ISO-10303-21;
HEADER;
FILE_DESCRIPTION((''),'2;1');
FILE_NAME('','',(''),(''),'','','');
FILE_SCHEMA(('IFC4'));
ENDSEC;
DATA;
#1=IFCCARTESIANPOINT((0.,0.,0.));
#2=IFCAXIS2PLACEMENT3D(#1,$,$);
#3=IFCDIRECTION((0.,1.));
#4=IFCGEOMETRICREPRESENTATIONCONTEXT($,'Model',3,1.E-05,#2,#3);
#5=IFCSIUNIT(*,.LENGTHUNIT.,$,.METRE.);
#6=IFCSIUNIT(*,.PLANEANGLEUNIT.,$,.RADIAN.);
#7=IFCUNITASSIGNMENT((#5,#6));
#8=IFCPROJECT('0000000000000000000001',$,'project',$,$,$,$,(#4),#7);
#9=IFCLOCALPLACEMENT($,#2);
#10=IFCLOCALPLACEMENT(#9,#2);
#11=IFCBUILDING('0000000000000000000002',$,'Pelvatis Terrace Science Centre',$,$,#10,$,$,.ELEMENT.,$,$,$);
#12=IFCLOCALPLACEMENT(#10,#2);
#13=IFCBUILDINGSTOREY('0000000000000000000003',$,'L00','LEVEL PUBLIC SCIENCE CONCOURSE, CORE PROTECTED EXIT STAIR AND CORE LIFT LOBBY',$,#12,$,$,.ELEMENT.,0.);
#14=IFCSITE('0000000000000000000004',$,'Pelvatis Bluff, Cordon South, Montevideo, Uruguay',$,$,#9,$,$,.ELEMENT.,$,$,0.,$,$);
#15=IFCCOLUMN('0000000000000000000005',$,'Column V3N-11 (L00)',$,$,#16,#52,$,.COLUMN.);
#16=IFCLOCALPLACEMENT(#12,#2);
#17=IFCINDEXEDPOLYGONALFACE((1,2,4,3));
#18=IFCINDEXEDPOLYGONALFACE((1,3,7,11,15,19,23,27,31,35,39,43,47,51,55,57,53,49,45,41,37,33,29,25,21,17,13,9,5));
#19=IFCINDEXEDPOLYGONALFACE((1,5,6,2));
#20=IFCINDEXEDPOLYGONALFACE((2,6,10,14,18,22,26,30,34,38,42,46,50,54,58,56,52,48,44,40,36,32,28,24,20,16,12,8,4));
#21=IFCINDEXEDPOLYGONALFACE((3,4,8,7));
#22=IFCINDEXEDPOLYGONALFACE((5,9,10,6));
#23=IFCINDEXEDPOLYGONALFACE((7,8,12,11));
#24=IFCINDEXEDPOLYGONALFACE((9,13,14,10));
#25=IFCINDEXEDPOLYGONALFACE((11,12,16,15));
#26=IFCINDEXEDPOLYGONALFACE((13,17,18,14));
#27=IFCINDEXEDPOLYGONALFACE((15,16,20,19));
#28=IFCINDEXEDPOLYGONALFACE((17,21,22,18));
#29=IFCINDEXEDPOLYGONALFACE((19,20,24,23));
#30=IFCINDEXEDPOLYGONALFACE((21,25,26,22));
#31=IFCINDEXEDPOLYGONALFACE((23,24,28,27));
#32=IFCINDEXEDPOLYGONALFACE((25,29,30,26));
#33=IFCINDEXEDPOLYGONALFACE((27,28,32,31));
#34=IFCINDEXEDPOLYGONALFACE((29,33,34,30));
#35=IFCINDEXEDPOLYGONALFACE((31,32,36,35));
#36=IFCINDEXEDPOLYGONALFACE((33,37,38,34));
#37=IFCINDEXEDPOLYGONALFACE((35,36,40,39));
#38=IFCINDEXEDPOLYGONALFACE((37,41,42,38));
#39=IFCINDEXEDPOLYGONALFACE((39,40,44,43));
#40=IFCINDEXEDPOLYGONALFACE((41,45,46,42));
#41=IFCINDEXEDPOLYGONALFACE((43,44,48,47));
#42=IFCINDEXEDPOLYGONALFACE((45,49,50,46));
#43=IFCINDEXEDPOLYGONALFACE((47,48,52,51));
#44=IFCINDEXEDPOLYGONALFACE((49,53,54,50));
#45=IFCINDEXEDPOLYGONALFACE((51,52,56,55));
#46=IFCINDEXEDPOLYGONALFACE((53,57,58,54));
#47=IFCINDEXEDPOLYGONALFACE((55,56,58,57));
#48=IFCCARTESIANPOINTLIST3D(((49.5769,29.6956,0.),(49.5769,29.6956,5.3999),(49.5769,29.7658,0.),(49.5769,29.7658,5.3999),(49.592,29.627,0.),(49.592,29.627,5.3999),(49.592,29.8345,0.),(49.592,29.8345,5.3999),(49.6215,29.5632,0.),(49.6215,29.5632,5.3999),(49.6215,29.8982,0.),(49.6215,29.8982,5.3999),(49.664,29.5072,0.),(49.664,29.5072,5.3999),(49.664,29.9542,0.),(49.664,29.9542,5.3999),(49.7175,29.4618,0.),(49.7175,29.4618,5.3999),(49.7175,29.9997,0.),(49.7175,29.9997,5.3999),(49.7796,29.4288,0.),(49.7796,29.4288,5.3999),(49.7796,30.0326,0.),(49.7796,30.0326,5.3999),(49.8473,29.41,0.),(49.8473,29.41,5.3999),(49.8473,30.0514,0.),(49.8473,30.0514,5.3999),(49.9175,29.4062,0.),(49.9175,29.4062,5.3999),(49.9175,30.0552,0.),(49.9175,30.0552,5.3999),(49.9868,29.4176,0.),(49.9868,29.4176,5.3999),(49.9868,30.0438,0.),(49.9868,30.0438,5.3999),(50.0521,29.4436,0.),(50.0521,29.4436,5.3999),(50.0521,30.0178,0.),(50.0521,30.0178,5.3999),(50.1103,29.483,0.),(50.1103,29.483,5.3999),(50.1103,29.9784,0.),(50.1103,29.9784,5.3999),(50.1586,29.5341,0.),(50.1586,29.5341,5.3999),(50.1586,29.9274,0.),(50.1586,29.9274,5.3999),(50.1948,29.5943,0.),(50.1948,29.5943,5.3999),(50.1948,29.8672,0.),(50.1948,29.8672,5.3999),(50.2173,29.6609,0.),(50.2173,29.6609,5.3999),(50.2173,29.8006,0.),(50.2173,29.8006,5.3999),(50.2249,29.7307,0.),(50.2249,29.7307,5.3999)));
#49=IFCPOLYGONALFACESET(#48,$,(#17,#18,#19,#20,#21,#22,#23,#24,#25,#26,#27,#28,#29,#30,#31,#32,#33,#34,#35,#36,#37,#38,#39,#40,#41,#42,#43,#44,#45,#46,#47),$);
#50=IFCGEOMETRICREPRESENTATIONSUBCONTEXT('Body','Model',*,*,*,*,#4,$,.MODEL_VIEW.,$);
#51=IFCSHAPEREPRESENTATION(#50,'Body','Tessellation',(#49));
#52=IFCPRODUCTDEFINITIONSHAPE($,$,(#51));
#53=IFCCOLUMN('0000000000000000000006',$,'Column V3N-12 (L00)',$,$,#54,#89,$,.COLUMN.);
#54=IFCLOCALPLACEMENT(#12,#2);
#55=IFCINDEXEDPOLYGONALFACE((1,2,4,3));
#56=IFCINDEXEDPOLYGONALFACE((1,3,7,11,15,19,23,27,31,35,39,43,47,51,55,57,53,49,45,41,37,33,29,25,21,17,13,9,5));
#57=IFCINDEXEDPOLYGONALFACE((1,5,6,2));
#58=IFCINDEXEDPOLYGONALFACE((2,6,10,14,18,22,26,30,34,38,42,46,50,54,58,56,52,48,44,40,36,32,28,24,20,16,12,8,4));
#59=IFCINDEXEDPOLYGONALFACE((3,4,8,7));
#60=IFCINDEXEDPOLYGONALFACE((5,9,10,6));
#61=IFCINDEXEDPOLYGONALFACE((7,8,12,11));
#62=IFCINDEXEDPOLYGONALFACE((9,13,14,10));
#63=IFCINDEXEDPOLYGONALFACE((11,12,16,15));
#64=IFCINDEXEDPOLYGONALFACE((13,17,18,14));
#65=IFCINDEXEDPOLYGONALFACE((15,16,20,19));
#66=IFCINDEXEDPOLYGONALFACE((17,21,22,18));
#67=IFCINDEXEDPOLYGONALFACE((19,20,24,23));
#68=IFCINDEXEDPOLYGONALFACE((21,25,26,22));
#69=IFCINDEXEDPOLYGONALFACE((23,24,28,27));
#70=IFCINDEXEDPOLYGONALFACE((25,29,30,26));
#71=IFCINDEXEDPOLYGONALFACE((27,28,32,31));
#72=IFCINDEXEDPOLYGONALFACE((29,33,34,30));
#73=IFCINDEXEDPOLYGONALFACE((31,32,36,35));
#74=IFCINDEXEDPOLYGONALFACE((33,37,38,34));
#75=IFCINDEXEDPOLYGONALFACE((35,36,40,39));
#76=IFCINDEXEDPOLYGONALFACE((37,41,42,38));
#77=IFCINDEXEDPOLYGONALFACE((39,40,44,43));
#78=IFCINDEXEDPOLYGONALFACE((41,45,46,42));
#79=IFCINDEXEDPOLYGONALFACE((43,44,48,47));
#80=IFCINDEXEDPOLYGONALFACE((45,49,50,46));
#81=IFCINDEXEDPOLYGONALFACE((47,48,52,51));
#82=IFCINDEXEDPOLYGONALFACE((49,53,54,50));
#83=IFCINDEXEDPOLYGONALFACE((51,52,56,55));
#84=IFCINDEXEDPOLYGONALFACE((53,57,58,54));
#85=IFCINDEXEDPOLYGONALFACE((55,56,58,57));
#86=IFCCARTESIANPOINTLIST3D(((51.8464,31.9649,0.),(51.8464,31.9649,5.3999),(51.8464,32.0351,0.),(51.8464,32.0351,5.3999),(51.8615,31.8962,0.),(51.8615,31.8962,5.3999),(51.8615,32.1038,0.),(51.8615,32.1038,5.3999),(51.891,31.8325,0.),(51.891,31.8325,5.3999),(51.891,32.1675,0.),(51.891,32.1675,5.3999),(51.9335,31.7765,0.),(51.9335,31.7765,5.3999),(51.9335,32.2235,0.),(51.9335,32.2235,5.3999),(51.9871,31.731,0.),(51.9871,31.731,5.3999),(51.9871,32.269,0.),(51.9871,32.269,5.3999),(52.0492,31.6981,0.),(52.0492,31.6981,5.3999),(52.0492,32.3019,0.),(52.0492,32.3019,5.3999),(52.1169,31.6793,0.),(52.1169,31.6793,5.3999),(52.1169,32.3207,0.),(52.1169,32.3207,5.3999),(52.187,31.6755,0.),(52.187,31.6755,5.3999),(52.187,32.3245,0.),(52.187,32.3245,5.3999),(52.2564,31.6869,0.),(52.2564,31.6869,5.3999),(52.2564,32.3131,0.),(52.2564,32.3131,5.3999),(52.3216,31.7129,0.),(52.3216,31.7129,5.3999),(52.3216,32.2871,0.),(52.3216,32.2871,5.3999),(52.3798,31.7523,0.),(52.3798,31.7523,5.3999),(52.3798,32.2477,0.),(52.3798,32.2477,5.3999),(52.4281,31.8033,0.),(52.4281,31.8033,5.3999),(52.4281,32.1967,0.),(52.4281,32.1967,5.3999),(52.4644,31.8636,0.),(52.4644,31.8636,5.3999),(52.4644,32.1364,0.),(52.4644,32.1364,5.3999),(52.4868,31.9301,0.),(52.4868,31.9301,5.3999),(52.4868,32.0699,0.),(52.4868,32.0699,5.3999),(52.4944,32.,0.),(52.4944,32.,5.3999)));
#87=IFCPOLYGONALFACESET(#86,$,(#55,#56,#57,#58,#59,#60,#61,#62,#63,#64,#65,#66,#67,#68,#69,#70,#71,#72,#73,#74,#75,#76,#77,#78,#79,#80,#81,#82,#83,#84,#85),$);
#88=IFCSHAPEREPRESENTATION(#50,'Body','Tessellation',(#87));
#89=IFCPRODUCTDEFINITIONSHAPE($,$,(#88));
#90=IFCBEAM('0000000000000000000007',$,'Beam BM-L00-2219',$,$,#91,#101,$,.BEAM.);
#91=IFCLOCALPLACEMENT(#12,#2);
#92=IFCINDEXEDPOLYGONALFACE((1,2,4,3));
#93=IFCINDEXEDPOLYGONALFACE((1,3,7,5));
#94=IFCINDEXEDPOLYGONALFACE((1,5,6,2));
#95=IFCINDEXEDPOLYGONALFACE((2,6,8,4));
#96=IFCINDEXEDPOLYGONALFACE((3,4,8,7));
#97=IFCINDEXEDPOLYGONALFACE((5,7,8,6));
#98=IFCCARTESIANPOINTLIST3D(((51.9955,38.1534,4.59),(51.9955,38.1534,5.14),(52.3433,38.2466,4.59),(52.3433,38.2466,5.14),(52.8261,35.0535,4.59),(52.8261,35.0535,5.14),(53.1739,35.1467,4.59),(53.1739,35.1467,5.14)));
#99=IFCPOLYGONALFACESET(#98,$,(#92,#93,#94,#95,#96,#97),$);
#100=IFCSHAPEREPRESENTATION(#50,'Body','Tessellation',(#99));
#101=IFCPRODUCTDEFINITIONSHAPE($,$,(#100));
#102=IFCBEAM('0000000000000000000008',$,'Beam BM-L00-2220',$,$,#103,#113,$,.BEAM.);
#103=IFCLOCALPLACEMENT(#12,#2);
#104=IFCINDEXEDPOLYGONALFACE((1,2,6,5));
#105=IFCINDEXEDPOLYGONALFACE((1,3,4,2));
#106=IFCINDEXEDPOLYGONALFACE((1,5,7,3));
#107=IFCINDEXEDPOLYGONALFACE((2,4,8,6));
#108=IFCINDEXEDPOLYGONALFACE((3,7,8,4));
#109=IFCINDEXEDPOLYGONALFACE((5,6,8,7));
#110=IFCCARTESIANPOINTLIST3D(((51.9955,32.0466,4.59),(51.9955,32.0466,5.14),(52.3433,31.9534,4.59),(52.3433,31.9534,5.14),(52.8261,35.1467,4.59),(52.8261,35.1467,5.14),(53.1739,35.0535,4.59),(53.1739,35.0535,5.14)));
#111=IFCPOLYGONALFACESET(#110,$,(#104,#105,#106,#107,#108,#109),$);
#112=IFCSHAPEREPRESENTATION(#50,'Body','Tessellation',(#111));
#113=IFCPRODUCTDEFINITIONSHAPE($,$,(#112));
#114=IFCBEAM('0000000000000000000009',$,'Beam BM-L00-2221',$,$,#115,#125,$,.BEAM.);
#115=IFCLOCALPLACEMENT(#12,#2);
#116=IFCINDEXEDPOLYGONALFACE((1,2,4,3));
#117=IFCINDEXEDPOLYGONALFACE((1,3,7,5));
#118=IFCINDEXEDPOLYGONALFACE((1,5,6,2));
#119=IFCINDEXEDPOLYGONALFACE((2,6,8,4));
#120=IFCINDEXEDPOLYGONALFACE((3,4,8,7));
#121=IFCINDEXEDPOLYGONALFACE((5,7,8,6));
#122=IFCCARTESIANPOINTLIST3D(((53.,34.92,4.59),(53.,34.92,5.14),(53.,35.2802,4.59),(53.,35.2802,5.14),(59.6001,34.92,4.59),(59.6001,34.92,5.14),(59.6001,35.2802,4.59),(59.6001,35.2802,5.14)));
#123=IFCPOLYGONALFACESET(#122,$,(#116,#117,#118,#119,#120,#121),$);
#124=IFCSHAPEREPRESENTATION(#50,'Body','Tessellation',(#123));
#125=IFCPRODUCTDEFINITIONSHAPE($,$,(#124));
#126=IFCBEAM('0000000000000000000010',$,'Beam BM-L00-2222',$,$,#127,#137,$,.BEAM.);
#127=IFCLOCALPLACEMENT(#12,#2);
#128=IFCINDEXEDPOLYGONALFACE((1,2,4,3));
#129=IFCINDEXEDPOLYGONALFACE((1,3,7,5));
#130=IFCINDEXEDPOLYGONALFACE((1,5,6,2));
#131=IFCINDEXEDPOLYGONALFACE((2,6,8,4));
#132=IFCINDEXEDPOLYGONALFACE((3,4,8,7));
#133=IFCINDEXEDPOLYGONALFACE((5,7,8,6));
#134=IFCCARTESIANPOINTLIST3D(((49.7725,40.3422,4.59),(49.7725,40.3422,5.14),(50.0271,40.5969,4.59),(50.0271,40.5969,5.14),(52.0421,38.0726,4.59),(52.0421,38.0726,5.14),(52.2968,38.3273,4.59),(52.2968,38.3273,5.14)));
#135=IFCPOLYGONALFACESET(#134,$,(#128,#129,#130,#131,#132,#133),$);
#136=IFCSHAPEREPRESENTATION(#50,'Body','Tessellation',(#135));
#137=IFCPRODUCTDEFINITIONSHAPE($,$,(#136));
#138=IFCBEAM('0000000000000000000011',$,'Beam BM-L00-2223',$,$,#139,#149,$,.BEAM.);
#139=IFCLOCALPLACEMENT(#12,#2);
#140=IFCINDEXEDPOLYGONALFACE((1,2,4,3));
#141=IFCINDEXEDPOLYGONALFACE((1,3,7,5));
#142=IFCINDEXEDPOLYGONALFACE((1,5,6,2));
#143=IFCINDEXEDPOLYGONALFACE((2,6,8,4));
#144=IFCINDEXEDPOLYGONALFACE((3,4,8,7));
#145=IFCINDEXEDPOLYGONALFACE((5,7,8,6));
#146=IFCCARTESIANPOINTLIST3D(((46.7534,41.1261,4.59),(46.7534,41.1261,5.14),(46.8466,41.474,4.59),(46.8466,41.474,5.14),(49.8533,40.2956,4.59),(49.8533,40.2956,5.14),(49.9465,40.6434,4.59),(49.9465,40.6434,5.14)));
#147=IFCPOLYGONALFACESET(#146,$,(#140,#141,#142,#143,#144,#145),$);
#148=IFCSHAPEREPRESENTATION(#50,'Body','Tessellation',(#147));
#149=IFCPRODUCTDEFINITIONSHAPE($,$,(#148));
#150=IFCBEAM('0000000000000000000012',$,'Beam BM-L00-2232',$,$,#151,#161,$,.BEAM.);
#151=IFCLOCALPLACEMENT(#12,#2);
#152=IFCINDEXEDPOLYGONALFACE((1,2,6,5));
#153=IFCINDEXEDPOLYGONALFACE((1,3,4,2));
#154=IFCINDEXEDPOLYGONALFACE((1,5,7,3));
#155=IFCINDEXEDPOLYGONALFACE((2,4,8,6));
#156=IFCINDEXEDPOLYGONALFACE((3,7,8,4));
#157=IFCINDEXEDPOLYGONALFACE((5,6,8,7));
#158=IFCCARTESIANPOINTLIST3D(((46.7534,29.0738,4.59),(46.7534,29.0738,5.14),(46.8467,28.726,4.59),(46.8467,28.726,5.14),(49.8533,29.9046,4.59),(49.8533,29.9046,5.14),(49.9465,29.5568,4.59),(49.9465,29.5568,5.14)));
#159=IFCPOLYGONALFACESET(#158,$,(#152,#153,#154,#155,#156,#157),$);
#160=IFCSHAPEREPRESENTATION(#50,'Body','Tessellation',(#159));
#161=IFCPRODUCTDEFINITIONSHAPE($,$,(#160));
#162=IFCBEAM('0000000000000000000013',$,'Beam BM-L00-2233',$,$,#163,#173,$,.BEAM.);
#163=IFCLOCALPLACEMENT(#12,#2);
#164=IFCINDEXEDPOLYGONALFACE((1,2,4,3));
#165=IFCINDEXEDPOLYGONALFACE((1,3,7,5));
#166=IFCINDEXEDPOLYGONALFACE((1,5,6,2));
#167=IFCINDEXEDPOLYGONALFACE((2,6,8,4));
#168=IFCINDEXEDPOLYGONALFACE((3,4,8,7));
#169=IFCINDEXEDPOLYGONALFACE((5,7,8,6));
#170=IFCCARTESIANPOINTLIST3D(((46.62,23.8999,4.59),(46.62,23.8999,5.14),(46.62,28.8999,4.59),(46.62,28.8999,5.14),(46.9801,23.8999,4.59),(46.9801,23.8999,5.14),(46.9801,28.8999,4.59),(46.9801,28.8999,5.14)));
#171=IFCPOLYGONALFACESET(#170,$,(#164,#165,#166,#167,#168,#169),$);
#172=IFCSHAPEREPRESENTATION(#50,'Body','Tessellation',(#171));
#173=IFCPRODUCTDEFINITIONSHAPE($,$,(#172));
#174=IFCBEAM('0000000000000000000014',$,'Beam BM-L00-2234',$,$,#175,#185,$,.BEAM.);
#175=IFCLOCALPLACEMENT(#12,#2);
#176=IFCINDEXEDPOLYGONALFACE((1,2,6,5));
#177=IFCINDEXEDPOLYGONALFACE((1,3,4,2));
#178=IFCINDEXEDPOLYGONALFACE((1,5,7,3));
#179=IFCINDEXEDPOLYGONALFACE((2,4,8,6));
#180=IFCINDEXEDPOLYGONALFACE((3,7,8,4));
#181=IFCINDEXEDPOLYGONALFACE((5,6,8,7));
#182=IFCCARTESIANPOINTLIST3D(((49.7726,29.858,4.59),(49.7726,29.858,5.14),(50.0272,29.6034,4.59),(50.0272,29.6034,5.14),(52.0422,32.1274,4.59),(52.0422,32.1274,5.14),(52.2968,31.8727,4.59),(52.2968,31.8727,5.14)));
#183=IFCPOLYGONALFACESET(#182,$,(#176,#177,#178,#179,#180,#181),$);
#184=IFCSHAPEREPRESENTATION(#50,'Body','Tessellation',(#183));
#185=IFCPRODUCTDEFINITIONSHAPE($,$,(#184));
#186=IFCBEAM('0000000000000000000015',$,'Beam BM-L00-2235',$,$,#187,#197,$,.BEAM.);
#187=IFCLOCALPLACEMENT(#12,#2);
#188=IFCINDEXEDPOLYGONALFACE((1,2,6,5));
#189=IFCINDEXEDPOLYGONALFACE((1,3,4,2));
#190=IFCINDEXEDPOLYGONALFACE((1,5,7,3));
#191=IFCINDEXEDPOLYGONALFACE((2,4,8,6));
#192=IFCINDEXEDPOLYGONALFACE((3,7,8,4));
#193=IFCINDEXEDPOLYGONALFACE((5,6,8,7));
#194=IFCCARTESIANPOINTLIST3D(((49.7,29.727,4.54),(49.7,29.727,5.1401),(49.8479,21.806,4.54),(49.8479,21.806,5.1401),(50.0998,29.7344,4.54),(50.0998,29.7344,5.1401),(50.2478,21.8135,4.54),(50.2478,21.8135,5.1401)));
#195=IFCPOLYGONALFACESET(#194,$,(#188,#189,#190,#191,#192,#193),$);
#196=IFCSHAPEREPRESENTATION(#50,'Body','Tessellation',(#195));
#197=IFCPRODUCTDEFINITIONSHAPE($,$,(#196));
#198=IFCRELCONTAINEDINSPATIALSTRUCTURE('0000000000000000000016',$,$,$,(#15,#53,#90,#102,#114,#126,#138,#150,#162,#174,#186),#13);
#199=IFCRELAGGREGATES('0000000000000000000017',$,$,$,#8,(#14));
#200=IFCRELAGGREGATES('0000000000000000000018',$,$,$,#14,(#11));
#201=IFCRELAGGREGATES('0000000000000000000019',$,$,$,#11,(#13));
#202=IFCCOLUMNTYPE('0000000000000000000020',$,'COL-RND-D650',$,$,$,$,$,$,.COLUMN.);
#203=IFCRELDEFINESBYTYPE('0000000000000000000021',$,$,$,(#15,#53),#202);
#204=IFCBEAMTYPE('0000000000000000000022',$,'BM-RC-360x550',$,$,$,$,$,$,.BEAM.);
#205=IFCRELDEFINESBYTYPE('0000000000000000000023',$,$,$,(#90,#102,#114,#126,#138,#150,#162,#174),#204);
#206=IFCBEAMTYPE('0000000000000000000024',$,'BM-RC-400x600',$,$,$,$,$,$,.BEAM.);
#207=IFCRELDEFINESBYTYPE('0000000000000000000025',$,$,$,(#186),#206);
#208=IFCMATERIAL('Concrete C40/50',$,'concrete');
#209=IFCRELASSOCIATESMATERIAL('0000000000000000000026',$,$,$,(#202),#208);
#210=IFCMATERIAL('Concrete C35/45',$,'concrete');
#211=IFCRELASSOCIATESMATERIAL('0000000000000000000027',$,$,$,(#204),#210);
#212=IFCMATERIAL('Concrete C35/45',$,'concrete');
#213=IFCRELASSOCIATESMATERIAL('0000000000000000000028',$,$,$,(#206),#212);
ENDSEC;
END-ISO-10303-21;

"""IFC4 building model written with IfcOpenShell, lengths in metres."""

from ifc_helpers import new_model, si_unit, direction, frame, origin, origin_2d, place, context, subcontext, project, spatial, rectangle, circle, extrude, material, material_profile, profile_set, type_object, element, save


model = new_model("IFC4")

# Units and contexts
model_context = context("Model", 3, precision=1e-05, world=origin(), true_north=direction((0.0, 1.0)))
body_context = subcontext(model_context, "Body", "Model", "MODEL_VIEW")
ifc_project = project(units=[si_unit("LENGTHUNIT", "METRE"), si_unit("PLANEANGLEUNIT", "RADIAN")], contexts=[model_context])

# Site, building, storey
site_placement = place(None, origin())
site = spatial("IfcSite", under=ifc_project, at=site_placement, Name="Pelvatis Bluff, Cordon South, Montevideo, Uruguay", CompositionType="ELEMENT", RefElevation=0.0)
building_placement = place(site_placement, origin())
building = spatial("IfcBuilding", under=site, at=building_placement, Name="Pelvatis Terrace Science Centre", CompositionType="ELEMENT")
storey_placement = place(building_placement, origin())
storey = spatial("IfcBuildingStorey", under=building, at=storey_placement, Name="L00", Description="LEVEL PUBLIC SCIENCE CONCOURSE, CORE PROTECTED EXIT STAIR AND CORE LIFT LOBBY", CompositionType="ELEMENT", Elevation=0.0)

# Columns
ifc_material_1 = material(Name="Concrete C40/50", Category="concrete")
ifc_material_profile_1 = material_profile(ifc_material_1, circle(Radius=0.325, at=origin_2d()), Name="RC-RCOL D650")
ifc_profile_set_1 = profile_set([ifc_material_profile_1], Name="Concrete C40/50")
column_type = type_object("IfcColumnType", Name="COL-RND-D650", PredefinedType="COLUMN", material=ifc_profile_set_1)
for number, where, z_axis, x_axis, name in (
    (1, (49.8999, 29.7307, 0.0), (0.0, 0.0, 1.0), (1.0, 0.0, 0.0), "Column V3N-11 (L00)"),
    (2, (52.1694, 32.0, 0.0), (0.0, 0.0, 1.0), (1.0, 0.0, 0.0), "Column V3N-12 (L00)"),
):
    element("IfcColumn", number, at=place(storey_placement, frame(where, z_axis=z_axis, x_axis=x_axis)), inside=storey, type_object=column_type, Name=name, PredefinedType="COLUMN", context=body_context, shape_type="SweptSolid", body=[
        extrude(circle(Radius=0.325, at=origin_2d()), origin(), (0.0, 0.0, 1.0), 5.3999),
    ])

# Beams
ifc_material_2 = material(Name="Concrete C35/45", Category="concrete")
ifc_material_profile_2 = material_profile(ifc_material_2, rectangle(XDim=0.3601, YDim=0.55, at=origin_2d()), Name="RC-BM 360x550")
ifc_profile_set_2 = profile_set([ifc_material_profile_2], Name="Concrete C35/45")
beam_type_1 = type_object("IfcBeamType", Name="BM-RC-360x550", PredefinedType="BEAM", material=ifc_profile_set_2)
beam_1_placement = place(storey_placement, frame((53.0, 35.1001, 4.865), z_axis=(-0.258808, 0.965929, 0.0), x_axis=(-0.965929, -0.258808, 0.0)))
element("IfcBeam", 3, at=beam_1_placement, inside=storey, type_object=beam_type_1, Name="Beam BM-L00-2219", PredefinedType="BEAM", context=body_context, shape_type="SweptSolid", body=[
    extrude(rectangle(XDim=0.3601, YDim=0.55, at=origin_2d()), origin(), (0.0, 0.0, 1.0), 3.2092),
])
beam_2_placement = place(storey_placement, frame((53.0, 35.1001, 4.865), z_axis=(-0.258789, -0.965934, 0.0), x_axis=(0.965934, -0.258789, 0.0)))
element("IfcBeam", 4, at=beam_2_placement, inside=storey, type_object=beam_type_1, Name="Beam BM-L00-2220", PredefinedType="BEAM", context=body_context, shape_type="SweptSolid", body=[
    extrude(rectangle(XDim=0.3601, YDim=0.55, at=origin_2d()), origin(), (0.0, 0.0, 1.0), 3.2095),
])
beam_3_placement = place(storey_placement, frame((53.0, 35.1001, 4.865), z_axis=(1.0, 0.0, 0.0), x_axis=(0.0, 1.0, 0.0)))
element("IfcBeam", 5, at=beam_3_placement, inside=storey, type_object=beam_type_1, Name="Beam BM-L00-2221", PredefinedType="BEAM", context=body_context, shape_type="SweptSolid", body=[
    extrude(rectangle(XDim=0.3601, YDim=0.55, at=origin_2d()), origin(), (0.0, 0.0, 1.0), 6.6001),
])
beam_4_placement = place(storey_placement, frame((52.1694, 38.2, 4.865), z_axis=(-0.707107, 0.707107, 0.0), x_axis=(-0.707107, -0.707107, 0.0)))
element("IfcBeam", 6, at=beam_4_placement, inside=storey, type_object=beam_type_1, Name="Beam BM-L00-2222", PredefinedType="BEAM", context=body_context, shape_type="SweptSolid", body=[
    extrude(rectangle(XDim=0.3601, YDim=0.55, at=origin_2d()), origin(), (0.0, 0.0, 1.0), 3.2097),
])
for number, where, z_axis, x_axis, name in (
    (7, (49.8999, 40.4695, 4.865), (-0.965929, 0.258808, 0.0), (-0.258808, -0.965929, 0.0), "Beam BM-L00-2223"),
    (8, (46.8, 28.8999, 4.865), (0.96591, 0.258879, 0.0), (-0.258879, 0.96591, 0.0), "Beam BM-L00-2232"),
):
    element("IfcBeam", number, at=place(storey_placement, frame(where, z_axis=z_axis, x_axis=x_axis)), inside=storey, type_object=beam_type_1, Name=name, PredefinedType="BEAM", context=body_context, shape_type="SweptSolid", body=[
        extrude(rectangle(XDim=0.3601, YDim=0.55, at=origin_2d()), origin(), (0.0, 0.0, 1.0), 3.2092),
    ])
beam_5_placement = place(storey_placement, frame((46.8, 28.8999, 4.865), z_axis=(0.0, -1.0, 0.0), x_axis=(1.0, 0.0, 0.0)))
element("IfcBeam", 9, at=beam_5_placement, inside=storey, type_object=beam_type_1, Name="Beam BM-L00-2233", PredefinedType="BEAM", context=body_context, shape_type="SweptSolid", body=[
    extrude(rectangle(XDim=0.3601, YDim=0.55, at=origin_2d()), origin(), (0.0, 0.0, 1.0), 5.0),
])
beam_6_placement = place(storey_placement, frame((49.8999, 29.7307, 4.865), z_axis=(0.707145, 0.707069, 0.0), x_axis=(-0.707069, 0.707145, 0.0)))
element("IfcBeam", 10, at=beam_6_placement, inside=storey, type_object=beam_type_1, Name="Beam BM-L00-2234", PredefinedType="BEAM", context=body_context, shape_type="SweptSolid", body=[
    extrude(rectangle(XDim=0.3601, YDim=0.55, at=origin_2d()), origin(), (0.0, 0.0, 1.0), 3.2095),
])
ifc_material_3 = material(Name="Concrete C35/45", Category="concrete")
ifc_material_profile_3 = material_profile(ifc_material_3, rectangle(XDim=0.3999, YDim=0.6001, at=origin_2d()), Name="RC-BM 400x600")
ifc_profile_set_3 = profile_set([ifc_material_profile_3], Name="Concrete C35/45")
beam_type_2 = type_object("IfcBeamType", Name="BM-RC-400x600", PredefinedType="BEAM", material=ifc_profile_set_3)
beam_7_placement = place(storey_placement, frame((49.8999, 29.7307, 4.8401), z_axis=(0.018675, -0.999826, 0.0), x_axis=(0.999826, 0.018675, 0.0)))
element("IfcBeam", 11, at=beam_7_placement, inside=storey, type_object=beam_type_2, Name="Beam BM-L00-2235", PredefinedType="BEAM", context=body_context, shape_type="SweptSolid", body=[
    extrude(rectangle(XDim=0.3999, YDim=0.6001, at=origin_2d()), origin(), (0.0, 0.0, 1.0), 7.9224),
])

save(model, "model.ifc")
